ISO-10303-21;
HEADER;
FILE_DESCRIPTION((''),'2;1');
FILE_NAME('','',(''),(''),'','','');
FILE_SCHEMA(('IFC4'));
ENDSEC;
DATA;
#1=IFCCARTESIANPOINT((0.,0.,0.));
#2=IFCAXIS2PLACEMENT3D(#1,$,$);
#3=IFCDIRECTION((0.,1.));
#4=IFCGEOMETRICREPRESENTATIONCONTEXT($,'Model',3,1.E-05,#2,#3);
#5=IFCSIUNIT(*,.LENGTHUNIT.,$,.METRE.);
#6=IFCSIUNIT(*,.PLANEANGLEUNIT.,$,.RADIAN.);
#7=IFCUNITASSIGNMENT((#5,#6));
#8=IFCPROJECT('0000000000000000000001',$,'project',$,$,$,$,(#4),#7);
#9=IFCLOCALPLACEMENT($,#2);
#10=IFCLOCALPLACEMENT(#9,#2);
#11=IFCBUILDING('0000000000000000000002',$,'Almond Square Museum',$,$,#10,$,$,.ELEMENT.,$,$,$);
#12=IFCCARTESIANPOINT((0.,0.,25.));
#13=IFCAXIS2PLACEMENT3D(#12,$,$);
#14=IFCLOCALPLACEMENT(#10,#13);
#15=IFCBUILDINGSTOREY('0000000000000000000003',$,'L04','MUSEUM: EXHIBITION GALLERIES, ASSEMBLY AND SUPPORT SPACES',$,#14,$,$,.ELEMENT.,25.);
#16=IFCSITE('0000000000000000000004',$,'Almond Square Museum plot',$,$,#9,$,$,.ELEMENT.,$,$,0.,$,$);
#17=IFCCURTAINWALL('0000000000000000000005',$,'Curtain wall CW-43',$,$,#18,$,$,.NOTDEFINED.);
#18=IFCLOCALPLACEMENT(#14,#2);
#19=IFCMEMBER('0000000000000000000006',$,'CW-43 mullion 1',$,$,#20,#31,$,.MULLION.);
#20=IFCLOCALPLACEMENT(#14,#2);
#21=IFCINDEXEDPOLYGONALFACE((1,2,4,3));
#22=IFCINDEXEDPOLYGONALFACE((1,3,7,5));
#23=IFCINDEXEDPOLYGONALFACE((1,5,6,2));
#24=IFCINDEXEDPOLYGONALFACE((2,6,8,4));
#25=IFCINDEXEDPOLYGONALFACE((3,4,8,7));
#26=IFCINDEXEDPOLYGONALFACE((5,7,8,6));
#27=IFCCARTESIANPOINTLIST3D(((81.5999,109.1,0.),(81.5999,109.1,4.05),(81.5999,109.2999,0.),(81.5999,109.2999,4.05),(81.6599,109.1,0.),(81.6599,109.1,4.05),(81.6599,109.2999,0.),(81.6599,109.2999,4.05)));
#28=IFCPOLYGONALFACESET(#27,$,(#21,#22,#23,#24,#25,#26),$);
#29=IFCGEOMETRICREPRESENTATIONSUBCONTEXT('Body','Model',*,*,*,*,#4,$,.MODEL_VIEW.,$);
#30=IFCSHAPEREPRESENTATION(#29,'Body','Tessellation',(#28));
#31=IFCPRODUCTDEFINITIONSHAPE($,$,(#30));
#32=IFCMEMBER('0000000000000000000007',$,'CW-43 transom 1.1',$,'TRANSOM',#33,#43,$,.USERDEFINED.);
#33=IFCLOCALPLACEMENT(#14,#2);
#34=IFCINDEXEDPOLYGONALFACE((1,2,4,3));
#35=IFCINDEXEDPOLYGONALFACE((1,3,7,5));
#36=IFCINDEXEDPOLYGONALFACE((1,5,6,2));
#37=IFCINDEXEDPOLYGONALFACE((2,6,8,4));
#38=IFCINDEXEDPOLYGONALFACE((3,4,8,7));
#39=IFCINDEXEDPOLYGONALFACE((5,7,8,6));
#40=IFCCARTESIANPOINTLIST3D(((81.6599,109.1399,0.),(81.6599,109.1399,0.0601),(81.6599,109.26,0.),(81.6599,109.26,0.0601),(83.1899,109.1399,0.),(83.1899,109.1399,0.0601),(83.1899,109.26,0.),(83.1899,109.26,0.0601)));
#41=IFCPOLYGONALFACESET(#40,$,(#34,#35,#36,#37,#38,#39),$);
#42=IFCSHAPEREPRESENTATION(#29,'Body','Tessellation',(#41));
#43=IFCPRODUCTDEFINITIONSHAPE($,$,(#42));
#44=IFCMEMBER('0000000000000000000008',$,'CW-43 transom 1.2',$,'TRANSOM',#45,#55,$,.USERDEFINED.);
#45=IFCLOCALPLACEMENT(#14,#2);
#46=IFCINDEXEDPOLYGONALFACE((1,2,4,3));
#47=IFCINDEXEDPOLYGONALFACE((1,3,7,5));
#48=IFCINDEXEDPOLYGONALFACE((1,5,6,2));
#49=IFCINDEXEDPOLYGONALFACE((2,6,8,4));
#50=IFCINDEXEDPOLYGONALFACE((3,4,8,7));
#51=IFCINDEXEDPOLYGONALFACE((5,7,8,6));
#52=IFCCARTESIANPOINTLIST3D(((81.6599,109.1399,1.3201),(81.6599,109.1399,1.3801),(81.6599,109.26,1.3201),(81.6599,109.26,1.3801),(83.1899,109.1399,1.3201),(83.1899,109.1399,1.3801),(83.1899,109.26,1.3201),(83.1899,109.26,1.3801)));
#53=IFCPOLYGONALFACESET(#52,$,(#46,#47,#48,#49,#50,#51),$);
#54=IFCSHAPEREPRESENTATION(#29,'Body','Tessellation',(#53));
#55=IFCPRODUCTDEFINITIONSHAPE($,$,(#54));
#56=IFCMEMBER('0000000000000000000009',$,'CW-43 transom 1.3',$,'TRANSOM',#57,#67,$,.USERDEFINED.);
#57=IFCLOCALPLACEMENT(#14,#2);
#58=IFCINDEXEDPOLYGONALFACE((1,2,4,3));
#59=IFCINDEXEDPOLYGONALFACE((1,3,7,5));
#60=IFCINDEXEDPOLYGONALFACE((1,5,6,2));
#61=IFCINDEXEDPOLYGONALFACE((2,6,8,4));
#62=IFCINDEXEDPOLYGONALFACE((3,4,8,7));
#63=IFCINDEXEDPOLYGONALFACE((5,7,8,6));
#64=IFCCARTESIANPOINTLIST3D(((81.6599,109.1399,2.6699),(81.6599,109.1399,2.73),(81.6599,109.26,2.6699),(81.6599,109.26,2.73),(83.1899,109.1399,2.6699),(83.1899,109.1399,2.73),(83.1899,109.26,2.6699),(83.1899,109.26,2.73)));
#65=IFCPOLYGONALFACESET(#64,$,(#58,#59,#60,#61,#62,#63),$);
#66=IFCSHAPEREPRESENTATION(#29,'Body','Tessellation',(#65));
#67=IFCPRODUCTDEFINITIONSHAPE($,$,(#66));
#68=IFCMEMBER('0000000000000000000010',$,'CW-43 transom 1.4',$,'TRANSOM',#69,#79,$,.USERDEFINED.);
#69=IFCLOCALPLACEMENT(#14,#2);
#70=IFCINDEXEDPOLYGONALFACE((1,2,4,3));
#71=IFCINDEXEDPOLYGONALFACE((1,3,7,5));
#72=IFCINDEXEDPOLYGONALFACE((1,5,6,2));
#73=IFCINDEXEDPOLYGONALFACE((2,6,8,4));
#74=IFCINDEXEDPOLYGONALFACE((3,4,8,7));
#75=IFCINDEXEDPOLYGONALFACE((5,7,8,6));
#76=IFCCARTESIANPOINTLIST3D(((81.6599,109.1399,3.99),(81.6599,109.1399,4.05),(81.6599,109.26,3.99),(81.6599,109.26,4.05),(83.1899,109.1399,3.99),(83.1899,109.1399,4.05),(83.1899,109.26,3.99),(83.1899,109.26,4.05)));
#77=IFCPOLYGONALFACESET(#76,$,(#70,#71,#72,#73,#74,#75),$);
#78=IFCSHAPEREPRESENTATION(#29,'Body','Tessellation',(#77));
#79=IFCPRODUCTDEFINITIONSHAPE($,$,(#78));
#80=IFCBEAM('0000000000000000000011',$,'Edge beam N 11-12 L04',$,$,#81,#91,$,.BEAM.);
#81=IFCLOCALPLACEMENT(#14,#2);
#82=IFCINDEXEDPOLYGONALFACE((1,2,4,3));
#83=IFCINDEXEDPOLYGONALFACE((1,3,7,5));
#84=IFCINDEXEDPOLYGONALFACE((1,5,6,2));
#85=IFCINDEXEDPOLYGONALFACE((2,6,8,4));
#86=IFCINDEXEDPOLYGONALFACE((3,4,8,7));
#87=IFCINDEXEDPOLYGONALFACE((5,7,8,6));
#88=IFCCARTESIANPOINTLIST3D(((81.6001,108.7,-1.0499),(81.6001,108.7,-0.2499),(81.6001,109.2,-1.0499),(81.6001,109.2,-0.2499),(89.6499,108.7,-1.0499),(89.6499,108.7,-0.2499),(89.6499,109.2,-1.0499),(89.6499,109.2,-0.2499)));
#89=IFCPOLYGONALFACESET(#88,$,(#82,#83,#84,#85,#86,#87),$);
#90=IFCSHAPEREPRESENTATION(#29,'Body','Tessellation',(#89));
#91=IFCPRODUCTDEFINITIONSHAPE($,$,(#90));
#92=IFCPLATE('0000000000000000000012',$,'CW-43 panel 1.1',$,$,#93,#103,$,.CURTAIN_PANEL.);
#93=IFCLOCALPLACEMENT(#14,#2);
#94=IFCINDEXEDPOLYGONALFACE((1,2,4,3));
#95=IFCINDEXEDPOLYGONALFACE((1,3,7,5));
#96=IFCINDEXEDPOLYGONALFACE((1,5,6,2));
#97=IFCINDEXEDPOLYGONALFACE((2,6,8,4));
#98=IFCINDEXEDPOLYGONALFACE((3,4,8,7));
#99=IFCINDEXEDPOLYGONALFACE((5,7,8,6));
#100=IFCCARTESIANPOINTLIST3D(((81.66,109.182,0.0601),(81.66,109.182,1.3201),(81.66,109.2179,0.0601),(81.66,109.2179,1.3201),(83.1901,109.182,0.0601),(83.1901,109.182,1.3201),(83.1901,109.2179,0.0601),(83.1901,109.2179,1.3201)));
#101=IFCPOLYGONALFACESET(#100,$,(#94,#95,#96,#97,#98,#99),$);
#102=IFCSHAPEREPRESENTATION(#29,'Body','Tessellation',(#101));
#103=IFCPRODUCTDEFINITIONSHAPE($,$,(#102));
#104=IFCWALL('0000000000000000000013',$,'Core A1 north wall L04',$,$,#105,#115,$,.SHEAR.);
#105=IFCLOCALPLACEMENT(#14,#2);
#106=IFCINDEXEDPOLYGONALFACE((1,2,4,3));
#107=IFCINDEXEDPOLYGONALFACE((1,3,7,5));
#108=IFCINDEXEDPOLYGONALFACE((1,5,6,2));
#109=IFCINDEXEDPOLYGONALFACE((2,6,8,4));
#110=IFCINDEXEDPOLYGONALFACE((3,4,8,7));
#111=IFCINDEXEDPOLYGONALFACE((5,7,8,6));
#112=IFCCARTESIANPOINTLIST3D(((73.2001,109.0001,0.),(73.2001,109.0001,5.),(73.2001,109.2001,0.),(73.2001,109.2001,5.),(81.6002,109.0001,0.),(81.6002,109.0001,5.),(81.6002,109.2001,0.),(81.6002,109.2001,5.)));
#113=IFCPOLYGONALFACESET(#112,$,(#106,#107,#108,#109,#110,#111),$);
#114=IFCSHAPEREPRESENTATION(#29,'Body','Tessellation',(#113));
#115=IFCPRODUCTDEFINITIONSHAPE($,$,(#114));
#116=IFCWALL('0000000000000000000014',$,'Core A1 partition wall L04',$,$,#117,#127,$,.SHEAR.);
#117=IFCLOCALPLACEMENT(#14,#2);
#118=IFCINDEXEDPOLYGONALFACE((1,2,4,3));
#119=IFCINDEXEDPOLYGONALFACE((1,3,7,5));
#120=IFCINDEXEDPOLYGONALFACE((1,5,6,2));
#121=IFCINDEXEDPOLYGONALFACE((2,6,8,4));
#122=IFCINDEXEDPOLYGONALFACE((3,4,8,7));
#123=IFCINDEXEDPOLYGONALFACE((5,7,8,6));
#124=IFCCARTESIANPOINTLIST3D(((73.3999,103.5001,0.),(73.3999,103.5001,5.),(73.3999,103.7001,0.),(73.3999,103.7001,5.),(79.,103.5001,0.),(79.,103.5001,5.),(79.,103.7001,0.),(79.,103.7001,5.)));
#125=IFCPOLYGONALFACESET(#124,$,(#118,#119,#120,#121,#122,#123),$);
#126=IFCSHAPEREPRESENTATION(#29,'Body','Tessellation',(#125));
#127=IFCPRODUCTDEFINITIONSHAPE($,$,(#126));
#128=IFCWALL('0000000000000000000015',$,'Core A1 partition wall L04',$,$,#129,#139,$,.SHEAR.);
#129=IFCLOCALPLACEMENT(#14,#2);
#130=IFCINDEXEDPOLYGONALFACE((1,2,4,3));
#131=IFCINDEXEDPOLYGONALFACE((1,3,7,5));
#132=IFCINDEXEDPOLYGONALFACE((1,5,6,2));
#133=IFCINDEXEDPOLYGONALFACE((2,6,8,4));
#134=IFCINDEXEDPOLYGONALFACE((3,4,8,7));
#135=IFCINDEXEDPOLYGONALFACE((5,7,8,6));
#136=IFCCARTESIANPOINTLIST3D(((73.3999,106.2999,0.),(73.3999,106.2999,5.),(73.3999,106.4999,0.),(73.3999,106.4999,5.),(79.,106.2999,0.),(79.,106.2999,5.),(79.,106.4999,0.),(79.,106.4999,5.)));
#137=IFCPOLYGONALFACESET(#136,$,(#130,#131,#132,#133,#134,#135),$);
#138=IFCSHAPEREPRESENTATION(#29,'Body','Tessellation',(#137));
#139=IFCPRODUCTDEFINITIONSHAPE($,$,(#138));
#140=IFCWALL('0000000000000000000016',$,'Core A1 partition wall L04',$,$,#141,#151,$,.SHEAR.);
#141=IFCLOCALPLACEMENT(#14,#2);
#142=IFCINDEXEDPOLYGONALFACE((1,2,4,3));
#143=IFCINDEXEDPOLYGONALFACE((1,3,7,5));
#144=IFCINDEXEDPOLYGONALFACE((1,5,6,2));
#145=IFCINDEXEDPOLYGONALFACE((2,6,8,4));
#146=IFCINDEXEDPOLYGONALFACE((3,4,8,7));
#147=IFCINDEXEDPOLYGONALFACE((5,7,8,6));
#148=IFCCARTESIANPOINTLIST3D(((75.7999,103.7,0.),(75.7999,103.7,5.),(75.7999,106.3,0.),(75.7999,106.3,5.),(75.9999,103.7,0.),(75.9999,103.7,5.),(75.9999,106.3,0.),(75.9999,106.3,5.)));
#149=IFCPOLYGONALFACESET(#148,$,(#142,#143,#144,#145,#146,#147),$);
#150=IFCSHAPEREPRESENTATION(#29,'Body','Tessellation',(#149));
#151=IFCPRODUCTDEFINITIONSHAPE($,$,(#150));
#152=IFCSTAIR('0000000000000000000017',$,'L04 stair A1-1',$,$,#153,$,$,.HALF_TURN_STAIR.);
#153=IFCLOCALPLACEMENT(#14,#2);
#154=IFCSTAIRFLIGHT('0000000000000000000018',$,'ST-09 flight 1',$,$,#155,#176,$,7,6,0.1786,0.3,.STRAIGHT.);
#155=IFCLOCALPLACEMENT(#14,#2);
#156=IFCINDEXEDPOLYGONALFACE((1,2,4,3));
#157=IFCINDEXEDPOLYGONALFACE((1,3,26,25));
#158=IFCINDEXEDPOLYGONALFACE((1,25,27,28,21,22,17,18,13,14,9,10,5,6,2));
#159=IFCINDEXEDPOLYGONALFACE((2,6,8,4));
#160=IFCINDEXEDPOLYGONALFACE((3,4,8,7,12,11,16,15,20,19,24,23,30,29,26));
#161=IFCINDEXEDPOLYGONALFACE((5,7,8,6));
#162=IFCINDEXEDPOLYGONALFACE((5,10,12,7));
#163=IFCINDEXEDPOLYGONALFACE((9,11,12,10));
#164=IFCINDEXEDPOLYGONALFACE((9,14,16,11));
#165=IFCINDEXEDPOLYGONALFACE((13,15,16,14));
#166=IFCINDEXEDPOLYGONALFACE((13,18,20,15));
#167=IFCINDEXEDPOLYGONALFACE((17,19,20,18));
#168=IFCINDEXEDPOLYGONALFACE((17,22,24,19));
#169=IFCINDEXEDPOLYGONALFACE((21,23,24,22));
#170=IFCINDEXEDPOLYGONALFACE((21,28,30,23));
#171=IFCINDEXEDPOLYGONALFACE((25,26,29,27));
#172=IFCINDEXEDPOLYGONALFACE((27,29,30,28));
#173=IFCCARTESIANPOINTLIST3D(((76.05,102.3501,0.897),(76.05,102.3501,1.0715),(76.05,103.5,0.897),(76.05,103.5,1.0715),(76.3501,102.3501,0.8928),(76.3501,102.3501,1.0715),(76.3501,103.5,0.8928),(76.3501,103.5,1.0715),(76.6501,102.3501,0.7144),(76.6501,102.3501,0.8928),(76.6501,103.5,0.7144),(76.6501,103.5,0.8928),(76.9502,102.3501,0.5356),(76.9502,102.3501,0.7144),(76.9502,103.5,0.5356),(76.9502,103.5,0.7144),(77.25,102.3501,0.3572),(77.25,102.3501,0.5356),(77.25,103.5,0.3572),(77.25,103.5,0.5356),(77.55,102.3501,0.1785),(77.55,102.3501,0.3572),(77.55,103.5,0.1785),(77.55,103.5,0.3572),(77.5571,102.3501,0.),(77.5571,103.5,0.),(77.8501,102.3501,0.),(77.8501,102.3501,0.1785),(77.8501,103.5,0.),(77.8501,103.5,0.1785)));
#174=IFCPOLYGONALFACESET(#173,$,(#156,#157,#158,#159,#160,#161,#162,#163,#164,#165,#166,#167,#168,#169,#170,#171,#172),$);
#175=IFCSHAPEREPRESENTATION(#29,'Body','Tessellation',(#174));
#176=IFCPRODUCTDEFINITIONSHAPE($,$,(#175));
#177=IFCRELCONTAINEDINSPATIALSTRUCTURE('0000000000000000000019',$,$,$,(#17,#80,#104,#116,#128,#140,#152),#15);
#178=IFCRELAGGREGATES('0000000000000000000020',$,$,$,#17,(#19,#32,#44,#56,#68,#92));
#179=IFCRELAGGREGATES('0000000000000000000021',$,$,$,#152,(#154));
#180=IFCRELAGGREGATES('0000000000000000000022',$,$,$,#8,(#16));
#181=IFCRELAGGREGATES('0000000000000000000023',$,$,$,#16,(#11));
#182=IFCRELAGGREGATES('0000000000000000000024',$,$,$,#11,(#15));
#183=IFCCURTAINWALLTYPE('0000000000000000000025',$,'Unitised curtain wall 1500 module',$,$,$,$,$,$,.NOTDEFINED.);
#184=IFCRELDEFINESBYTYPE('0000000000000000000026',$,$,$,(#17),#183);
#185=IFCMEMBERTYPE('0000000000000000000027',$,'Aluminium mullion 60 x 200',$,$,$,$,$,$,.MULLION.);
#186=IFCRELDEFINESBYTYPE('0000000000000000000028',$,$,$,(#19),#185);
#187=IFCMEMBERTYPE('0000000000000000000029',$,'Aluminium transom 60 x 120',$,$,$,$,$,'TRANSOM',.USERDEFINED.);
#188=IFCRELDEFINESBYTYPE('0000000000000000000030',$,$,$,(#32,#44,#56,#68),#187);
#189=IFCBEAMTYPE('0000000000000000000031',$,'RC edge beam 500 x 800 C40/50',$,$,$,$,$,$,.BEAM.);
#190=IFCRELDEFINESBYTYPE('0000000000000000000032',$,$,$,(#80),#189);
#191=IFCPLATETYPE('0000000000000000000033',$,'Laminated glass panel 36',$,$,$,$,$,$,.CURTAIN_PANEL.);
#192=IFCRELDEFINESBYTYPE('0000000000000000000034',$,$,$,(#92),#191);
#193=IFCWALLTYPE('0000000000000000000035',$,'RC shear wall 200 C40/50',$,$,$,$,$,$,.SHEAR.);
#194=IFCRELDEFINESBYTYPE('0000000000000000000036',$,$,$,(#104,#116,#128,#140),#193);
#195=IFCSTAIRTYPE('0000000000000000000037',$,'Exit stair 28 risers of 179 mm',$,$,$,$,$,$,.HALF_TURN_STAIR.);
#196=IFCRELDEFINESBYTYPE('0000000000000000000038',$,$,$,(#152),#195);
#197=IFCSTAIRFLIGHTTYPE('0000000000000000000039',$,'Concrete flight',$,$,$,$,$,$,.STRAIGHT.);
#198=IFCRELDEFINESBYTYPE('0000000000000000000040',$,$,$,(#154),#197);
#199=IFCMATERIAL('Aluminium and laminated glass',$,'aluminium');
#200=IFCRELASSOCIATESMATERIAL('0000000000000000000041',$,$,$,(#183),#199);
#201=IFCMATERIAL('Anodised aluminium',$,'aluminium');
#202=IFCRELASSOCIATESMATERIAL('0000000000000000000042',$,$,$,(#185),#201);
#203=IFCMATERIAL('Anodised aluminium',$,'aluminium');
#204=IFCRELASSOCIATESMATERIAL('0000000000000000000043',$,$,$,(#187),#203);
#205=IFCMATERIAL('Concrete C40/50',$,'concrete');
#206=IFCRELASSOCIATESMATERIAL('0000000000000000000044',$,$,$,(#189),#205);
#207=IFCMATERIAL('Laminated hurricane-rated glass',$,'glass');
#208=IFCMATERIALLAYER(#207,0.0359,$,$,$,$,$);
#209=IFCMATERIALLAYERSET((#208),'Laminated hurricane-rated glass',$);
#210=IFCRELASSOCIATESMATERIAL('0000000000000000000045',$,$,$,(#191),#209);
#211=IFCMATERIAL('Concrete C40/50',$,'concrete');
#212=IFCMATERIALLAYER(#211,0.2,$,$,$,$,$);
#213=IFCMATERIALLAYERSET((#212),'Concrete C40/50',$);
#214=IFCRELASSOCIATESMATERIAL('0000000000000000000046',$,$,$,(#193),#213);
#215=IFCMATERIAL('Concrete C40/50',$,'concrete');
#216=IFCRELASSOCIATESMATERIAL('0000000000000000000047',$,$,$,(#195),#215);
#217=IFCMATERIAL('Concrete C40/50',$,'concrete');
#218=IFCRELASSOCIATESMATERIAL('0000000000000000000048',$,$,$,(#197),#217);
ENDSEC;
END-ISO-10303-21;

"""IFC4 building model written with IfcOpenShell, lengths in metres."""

from ifc_helpers import new_model, si_unit, direction, frame, frame_2d, origin, origin_2d, place, context, subcontext, project, spatial, polyline, rectangle, outline, extrude, material, layer, layer_set, material_profile, profile_set, type_object, element, aggregate, save


model = new_model("IFC4")

# Units and contexts
model_context = context("Model", 3, precision=1e-05, world=origin(), true_north=direction((0.0, 1.0)))
body_context = subcontext(model_context, "Body", "Model", "MODEL_VIEW")
ifc_project = project(units=[si_unit("LENGTHUNIT", "METRE"), si_unit("PLANEANGLEUNIT", "RADIAN")], contexts=[model_context])

# Site, building, storey
site_placement = place(None, origin())
site = spatial("IfcSite", under=ifc_project, at=site_placement, Name="Almond Square Museum plot", CompositionType="ELEMENT", RefElevation=0.0)
building_placement = place(site_placement, origin())
building = spatial("IfcBuilding", under=site, at=building_placement, Name="Almond Square Museum", CompositionType="ELEMENT")
storey_placement = place(building_placement, frame((0.0, 0.0, 25.0)))
storey = spatial("IfcBuildingStorey", under=building, at=storey_placement, Name="L04", Description="MUSEUM: EXHIBITION GALLERIES, ASSEMBLY AND SUPPORT SPACES", CompositionType="ELEMENT", Elevation=25.0)

# Curtain wall, members
ifc_material_1 = material(Name="Aluminium and laminated glass", Category="aluminium")
curtain_wall_type = type_object("IfcCurtainWallType", Name="Unitised curtain wall 1500 module", PredefinedType="NOTDEFINED", material=ifc_material_1)
curtain_wall_placement = place(storey_placement, origin())
curtain_wall = element("IfcCurtainWall", 1, at=curtain_wall_placement, inside=storey, type_object=curtain_wall_type, Name="Curtain wall CW-43", PredefinedType="NOTDEFINED")
ifc_material_2 = material(Name="Anodised aluminium", Category="aluminium")
ifc_material_profile_1 = material_profile(ifc_material_2, rectangle(XDim=0.2, YDim=0.0601, at=origin_2d()))
ifc_profile_set_1 = profile_set([ifc_material_profile_1], Name="Anodised aluminium")
member_type_1 = type_object("IfcMemberType", Name="Aluminium mullion 60 x 200", PredefinedType="MULLION", material=ifc_profile_set_1)
member_1_placement = place(storey_placement, frame((81.6299, 109.2, 0.0), z_axis=(0.0, 0.0, 1.0), x_axis=(0.0, 1.0, 0.0)))
member_1 = element("IfcMember", 2, at=member_1_placement, type_object=member_type_1, Name="CW-43 mullion 1", PredefinedType="MULLION", context=body_context, shape_type="SweptSolid", body=[
    extrude(rectangle(XDim=0.2, YDim=0.0601, at=origin_2d()), origin(), (0.0, 0.0, 1.0), 4.05),
])
ifc_material_3 = material(Name="Anodised aluminium", Category="aluminium")
ifc_material_profile_2 = material_profile(ifc_material_3, rectangle(XDim=0.1201, YDim=0.0601, at=origin_2d()))
ifc_profile_set_2 = profile_set([ifc_material_profile_2], Name="Anodised aluminium")
member_type_2 = type_object("IfcMemberType", Name="Aluminium transom 60 x 120", ElementType="TRANSOM", PredefinedType="USERDEFINED", material=ifc_profile_set_2)
member_2_placement = place(storey_placement, frame((81.6599, 109.2, 0.03), z_axis=(1.0, 0.0, 0.0), x_axis=(0.0, 1.0, 0.0)))
member_2 = element("IfcMember", 3, at=member_2_placement, type_object=member_type_2, Name="CW-43 transom 1.1", ObjectType="TRANSOM", PredefinedType="USERDEFINED", context=body_context, shape_type="SweptSolid", body=[
    extrude(rectangle(XDim=0.1201, YDim=0.0601, at=origin_2d()), origin(), (0.0, 0.0, 1.0), 1.53),
])
member_3_placement = place(storey_placement, frame((81.6599, 109.2, 1.3501), z_axis=(1.0, 0.0, 0.0), x_axis=(0.0, 1.0, 0.0)))
member_3 = element("IfcMember", 4, at=member_3_placement, type_object=member_type_2, Name="CW-43 transom 1.2", ObjectType="TRANSOM", PredefinedType="USERDEFINED", context=body_context, shape_type="SweptSolid", body=[
    extrude(rectangle(XDim=0.1201, YDim=0.0601, at=origin_2d()), origin(), (0.0, 0.0, 1.0), 1.53),
])
member_4_placement = place(storey_placement, frame((81.6599, 109.2, 2.7), z_axis=(1.0, 0.0, 0.0), x_axis=(0.0, 1.0, 0.0)))
member_4 = element("IfcMember", 5, at=member_4_placement, type_object=member_type_2, Name="CW-43 transom 1.3", ObjectType="TRANSOM", PredefinedType="USERDEFINED", context=body_context, shape_type="SweptSolid", body=[
    extrude(rectangle(XDim=0.1201, YDim=0.0601, at=origin_2d()), origin(), (0.0, 0.0, 1.0), 1.53),
])
member_5_placement = place(storey_placement, frame((81.6599, 109.2, 4.02), z_axis=(1.0, 0.0, 0.0), x_axis=(0.0, 1.0, 0.0)))
member_5 = element("IfcMember", 6, at=member_5_placement, type_object=member_type_2, Name="CW-43 transom 1.4", ObjectType="TRANSOM", PredefinedType="USERDEFINED", context=body_context, shape_type="SweptSolid", body=[
    extrude(rectangle(XDim=0.1201, YDim=0.0601, at=origin_2d()), origin(), (0.0, 0.0, 1.0), 1.53),
])

# Beam
ifc_material_4 = material(Name="Concrete C40/50", Category="concrete")
ifc_material_profile_3 = material_profile(ifc_material_4, rectangle(XDim=0.5, YDim=0.8, at=origin_2d()))
ifc_profile_set_3 = profile_set([ifc_material_profile_3], Name="Concrete C40/50")
beam_type = type_object("IfcBeamType", Name="RC edge beam 500 x 800 C40/50", PredefinedType="BEAM", material=ifc_profile_set_3)
beam_placement = place(storey_placement, frame((81.6001, 108.95, -0.6499), z_axis=(1.0, 0.0, 0.0), x_axis=(0.0, 1.0, 0.0)))
element("IfcBeam", 7, at=beam_placement, inside=storey, type_object=beam_type, Name="Edge beam N 11-12 L04", PredefinedType="BEAM", context=body_context, shape_type="SweptSolid", body=[
    extrude(rectangle(XDim=0.5, YDim=0.8, at=origin_2d()), origin(), (0.0, 0.0, 1.0), 8.0498),
])

# Plate
ifc_material_5 = material(Name="Laminated hurricane-rated glass", Category="glass")
ifc_layer_1 = layer(ifc_material_5, 0.0359)
ifc_layer_set_1 = layer_set([ifc_layer_1], Name="Laminated hurricane-rated glass")
plate_type = type_object("IfcPlateType", Name="Laminated glass panel 36", PredefinedType="CURTAIN_PANEL", material=ifc_layer_set_1)
plate_placement = place(storey_placement, frame((82.425, 109.2, 0.0601), z_axis=(0.0, 0.0, 1.0), x_axis=(1.0, 0.0, 0.0)))
plate = element("IfcPlate", 8, at=plate_placement, type_object=plate_type, Name="CW-43 panel 1.1", PredefinedType="CURTAIN_PANEL", context=body_context, shape_type="SweptSolid", body=[
    extrude(rectangle(XDim=1.53, YDim=0.0359, at=origin_2d()), origin(), (0.0, 0.0, 1.0), 1.26),
])
aggregate(curtain_wall, [member_1, member_2, member_3, member_4, member_5, plate])

# Walls
ifc_material_6 = material(Name="Concrete C40/50", Category="concrete")
ifc_layer_2 = layer(ifc_material_6, 0.2)
ifc_layer_set_2 = layer_set([ifc_layer_2], Name="Concrete C40/50")
wall_type = type_object("IfcWallType", Name="RC shear wall 200 C40/50", PredefinedType="SHEAR", material=ifc_layer_set_2)
wall_1_placement = place(storey_placement, frame((73.2, 109.1001, 0.0), z_axis=(0.0, 0.0, 1.0), x_axis=(1.0, 0.0, 0.0)))
element("IfcWall", 9, at=wall_1_placement, inside=storey, type_object=wall_type, Name="Core A1 north wall L04", PredefinedType="SHEAR", context=body_context, shape_type="SweptSolid", body=[
    extrude(rectangle(XDim=8.4001, YDim=0.2, at=frame_2d((4.2002, 0.0))), origin(), (0.0, 0.0, 1.0), 5.0),
])
for number, where, z_axis, x_axis, name in (
    (10, (73.3999, 103.6001, 0.0), (0.0, 0.0, 1.0), (1.0, 0.0, 0.0), "Core A1 partition wall L04"),
    (11, (73.3999, 106.3999, 0.0), (0.0, 0.0, 1.0), (1.0, 0.0, 0.0), "Core A1 partition wall L04"),
):
    element("IfcWall", number, at=place(storey_placement, frame(where, z_axis=z_axis, x_axis=x_axis)), inside=storey, type_object=wall_type, Name=name, PredefinedType="SHEAR", context=body_context, shape_type="SweptSolid", body=[
        extrude(rectangle(XDim=5.6001, YDim=0.2, at=frame_2d((2.8, 0.0))), origin(), (0.0, 0.0, 1.0), 5.0),
    ])
wall_2_placement = place(storey_placement, frame((75.8999, 103.7, 0.0), z_axis=(0.0, 0.0, 1.0), x_axis=(0.0, 1.0, 0.0)))
element("IfcWall", 12, at=wall_2_placement, inside=storey, type_object=wall_type, Name="Core A1 partition wall L04", PredefinedType="SHEAR", context=body_context, shape_type="SweptSolid", body=[
    extrude(rectangle(XDim=2.6001, YDim=0.2, at=frame_2d((1.3, 0.0))), origin(), (0.0, 0.0, 1.0), 5.0),
])

# Stair, stair flight
ifc_material_7 = material(Name="Concrete C40/50", Category="concrete")
stair_type = type_object("IfcStairType", Name="Exit stair 28 risers of 179 mm", PredefinedType="HALF_TURN_STAIR", material=ifc_material_7)
stair_1_placement = place(storey_placement, origin())
stair_1 = element("IfcStair", 13, at=stair_1_placement, inside=storey, type_object=stair_type, Name="L04 stair A1-1", PredefinedType="HALF_TURN_STAIR")
ifc_material_8 = material(Name="Concrete C40/50", Category="concrete")
stair_flight_type = type_object("IfcStairFlightType", Name="Concrete flight", PredefinedType="STRAIGHT", material=ifc_material_8)
stair_flight_1_placement = place(storey_placement, frame((77.8501, 102.925, 0.0), z_axis=(0.0, 0.0, 1.0), x_axis=(-1.0, 0.0, 0.0)))
stair_flight_1 = element("IfcStairFlight", 14, at=stair_flight_1_placement, type_object=stair_flight_type, Name="ST-09 flight 1", NumberOfRisers=7, NumberOfTreads=6, PredefinedType="STRAIGHT", RiserHeight=0.1786, TreadLength=0.3, context=body_context, shape_type="SweptSolid", body=[
    extrude(outline(polyline([(0.0, 0.0), (0.0, 0.1785), (0.3, 0.1785), (0.3, 0.3572), (0.6001, 0.3572), (0.6001, 0.5356), (0.8999, 0.5356), (0.8999, 0.7144), (1.2, 0.7144), (1.2, 0.8928), (1.5, 0.8928), (1.5, 1.0715), (1.8, 1.0715), (1.8, 1.25), (1.8, 0.897), (0.293, 0.0), (0.0, 0.0)])), frame((0.0, 0.575, 0.0), z_axis=(0.0, -1.0, 0.0), x_axis=(1.0, 0.0, 0.0)), (0.0, 0.0, 1.0), 1.1499),
])
aggregate(stair_1, [stair_flight_1])

save(model, "model.ifc")
